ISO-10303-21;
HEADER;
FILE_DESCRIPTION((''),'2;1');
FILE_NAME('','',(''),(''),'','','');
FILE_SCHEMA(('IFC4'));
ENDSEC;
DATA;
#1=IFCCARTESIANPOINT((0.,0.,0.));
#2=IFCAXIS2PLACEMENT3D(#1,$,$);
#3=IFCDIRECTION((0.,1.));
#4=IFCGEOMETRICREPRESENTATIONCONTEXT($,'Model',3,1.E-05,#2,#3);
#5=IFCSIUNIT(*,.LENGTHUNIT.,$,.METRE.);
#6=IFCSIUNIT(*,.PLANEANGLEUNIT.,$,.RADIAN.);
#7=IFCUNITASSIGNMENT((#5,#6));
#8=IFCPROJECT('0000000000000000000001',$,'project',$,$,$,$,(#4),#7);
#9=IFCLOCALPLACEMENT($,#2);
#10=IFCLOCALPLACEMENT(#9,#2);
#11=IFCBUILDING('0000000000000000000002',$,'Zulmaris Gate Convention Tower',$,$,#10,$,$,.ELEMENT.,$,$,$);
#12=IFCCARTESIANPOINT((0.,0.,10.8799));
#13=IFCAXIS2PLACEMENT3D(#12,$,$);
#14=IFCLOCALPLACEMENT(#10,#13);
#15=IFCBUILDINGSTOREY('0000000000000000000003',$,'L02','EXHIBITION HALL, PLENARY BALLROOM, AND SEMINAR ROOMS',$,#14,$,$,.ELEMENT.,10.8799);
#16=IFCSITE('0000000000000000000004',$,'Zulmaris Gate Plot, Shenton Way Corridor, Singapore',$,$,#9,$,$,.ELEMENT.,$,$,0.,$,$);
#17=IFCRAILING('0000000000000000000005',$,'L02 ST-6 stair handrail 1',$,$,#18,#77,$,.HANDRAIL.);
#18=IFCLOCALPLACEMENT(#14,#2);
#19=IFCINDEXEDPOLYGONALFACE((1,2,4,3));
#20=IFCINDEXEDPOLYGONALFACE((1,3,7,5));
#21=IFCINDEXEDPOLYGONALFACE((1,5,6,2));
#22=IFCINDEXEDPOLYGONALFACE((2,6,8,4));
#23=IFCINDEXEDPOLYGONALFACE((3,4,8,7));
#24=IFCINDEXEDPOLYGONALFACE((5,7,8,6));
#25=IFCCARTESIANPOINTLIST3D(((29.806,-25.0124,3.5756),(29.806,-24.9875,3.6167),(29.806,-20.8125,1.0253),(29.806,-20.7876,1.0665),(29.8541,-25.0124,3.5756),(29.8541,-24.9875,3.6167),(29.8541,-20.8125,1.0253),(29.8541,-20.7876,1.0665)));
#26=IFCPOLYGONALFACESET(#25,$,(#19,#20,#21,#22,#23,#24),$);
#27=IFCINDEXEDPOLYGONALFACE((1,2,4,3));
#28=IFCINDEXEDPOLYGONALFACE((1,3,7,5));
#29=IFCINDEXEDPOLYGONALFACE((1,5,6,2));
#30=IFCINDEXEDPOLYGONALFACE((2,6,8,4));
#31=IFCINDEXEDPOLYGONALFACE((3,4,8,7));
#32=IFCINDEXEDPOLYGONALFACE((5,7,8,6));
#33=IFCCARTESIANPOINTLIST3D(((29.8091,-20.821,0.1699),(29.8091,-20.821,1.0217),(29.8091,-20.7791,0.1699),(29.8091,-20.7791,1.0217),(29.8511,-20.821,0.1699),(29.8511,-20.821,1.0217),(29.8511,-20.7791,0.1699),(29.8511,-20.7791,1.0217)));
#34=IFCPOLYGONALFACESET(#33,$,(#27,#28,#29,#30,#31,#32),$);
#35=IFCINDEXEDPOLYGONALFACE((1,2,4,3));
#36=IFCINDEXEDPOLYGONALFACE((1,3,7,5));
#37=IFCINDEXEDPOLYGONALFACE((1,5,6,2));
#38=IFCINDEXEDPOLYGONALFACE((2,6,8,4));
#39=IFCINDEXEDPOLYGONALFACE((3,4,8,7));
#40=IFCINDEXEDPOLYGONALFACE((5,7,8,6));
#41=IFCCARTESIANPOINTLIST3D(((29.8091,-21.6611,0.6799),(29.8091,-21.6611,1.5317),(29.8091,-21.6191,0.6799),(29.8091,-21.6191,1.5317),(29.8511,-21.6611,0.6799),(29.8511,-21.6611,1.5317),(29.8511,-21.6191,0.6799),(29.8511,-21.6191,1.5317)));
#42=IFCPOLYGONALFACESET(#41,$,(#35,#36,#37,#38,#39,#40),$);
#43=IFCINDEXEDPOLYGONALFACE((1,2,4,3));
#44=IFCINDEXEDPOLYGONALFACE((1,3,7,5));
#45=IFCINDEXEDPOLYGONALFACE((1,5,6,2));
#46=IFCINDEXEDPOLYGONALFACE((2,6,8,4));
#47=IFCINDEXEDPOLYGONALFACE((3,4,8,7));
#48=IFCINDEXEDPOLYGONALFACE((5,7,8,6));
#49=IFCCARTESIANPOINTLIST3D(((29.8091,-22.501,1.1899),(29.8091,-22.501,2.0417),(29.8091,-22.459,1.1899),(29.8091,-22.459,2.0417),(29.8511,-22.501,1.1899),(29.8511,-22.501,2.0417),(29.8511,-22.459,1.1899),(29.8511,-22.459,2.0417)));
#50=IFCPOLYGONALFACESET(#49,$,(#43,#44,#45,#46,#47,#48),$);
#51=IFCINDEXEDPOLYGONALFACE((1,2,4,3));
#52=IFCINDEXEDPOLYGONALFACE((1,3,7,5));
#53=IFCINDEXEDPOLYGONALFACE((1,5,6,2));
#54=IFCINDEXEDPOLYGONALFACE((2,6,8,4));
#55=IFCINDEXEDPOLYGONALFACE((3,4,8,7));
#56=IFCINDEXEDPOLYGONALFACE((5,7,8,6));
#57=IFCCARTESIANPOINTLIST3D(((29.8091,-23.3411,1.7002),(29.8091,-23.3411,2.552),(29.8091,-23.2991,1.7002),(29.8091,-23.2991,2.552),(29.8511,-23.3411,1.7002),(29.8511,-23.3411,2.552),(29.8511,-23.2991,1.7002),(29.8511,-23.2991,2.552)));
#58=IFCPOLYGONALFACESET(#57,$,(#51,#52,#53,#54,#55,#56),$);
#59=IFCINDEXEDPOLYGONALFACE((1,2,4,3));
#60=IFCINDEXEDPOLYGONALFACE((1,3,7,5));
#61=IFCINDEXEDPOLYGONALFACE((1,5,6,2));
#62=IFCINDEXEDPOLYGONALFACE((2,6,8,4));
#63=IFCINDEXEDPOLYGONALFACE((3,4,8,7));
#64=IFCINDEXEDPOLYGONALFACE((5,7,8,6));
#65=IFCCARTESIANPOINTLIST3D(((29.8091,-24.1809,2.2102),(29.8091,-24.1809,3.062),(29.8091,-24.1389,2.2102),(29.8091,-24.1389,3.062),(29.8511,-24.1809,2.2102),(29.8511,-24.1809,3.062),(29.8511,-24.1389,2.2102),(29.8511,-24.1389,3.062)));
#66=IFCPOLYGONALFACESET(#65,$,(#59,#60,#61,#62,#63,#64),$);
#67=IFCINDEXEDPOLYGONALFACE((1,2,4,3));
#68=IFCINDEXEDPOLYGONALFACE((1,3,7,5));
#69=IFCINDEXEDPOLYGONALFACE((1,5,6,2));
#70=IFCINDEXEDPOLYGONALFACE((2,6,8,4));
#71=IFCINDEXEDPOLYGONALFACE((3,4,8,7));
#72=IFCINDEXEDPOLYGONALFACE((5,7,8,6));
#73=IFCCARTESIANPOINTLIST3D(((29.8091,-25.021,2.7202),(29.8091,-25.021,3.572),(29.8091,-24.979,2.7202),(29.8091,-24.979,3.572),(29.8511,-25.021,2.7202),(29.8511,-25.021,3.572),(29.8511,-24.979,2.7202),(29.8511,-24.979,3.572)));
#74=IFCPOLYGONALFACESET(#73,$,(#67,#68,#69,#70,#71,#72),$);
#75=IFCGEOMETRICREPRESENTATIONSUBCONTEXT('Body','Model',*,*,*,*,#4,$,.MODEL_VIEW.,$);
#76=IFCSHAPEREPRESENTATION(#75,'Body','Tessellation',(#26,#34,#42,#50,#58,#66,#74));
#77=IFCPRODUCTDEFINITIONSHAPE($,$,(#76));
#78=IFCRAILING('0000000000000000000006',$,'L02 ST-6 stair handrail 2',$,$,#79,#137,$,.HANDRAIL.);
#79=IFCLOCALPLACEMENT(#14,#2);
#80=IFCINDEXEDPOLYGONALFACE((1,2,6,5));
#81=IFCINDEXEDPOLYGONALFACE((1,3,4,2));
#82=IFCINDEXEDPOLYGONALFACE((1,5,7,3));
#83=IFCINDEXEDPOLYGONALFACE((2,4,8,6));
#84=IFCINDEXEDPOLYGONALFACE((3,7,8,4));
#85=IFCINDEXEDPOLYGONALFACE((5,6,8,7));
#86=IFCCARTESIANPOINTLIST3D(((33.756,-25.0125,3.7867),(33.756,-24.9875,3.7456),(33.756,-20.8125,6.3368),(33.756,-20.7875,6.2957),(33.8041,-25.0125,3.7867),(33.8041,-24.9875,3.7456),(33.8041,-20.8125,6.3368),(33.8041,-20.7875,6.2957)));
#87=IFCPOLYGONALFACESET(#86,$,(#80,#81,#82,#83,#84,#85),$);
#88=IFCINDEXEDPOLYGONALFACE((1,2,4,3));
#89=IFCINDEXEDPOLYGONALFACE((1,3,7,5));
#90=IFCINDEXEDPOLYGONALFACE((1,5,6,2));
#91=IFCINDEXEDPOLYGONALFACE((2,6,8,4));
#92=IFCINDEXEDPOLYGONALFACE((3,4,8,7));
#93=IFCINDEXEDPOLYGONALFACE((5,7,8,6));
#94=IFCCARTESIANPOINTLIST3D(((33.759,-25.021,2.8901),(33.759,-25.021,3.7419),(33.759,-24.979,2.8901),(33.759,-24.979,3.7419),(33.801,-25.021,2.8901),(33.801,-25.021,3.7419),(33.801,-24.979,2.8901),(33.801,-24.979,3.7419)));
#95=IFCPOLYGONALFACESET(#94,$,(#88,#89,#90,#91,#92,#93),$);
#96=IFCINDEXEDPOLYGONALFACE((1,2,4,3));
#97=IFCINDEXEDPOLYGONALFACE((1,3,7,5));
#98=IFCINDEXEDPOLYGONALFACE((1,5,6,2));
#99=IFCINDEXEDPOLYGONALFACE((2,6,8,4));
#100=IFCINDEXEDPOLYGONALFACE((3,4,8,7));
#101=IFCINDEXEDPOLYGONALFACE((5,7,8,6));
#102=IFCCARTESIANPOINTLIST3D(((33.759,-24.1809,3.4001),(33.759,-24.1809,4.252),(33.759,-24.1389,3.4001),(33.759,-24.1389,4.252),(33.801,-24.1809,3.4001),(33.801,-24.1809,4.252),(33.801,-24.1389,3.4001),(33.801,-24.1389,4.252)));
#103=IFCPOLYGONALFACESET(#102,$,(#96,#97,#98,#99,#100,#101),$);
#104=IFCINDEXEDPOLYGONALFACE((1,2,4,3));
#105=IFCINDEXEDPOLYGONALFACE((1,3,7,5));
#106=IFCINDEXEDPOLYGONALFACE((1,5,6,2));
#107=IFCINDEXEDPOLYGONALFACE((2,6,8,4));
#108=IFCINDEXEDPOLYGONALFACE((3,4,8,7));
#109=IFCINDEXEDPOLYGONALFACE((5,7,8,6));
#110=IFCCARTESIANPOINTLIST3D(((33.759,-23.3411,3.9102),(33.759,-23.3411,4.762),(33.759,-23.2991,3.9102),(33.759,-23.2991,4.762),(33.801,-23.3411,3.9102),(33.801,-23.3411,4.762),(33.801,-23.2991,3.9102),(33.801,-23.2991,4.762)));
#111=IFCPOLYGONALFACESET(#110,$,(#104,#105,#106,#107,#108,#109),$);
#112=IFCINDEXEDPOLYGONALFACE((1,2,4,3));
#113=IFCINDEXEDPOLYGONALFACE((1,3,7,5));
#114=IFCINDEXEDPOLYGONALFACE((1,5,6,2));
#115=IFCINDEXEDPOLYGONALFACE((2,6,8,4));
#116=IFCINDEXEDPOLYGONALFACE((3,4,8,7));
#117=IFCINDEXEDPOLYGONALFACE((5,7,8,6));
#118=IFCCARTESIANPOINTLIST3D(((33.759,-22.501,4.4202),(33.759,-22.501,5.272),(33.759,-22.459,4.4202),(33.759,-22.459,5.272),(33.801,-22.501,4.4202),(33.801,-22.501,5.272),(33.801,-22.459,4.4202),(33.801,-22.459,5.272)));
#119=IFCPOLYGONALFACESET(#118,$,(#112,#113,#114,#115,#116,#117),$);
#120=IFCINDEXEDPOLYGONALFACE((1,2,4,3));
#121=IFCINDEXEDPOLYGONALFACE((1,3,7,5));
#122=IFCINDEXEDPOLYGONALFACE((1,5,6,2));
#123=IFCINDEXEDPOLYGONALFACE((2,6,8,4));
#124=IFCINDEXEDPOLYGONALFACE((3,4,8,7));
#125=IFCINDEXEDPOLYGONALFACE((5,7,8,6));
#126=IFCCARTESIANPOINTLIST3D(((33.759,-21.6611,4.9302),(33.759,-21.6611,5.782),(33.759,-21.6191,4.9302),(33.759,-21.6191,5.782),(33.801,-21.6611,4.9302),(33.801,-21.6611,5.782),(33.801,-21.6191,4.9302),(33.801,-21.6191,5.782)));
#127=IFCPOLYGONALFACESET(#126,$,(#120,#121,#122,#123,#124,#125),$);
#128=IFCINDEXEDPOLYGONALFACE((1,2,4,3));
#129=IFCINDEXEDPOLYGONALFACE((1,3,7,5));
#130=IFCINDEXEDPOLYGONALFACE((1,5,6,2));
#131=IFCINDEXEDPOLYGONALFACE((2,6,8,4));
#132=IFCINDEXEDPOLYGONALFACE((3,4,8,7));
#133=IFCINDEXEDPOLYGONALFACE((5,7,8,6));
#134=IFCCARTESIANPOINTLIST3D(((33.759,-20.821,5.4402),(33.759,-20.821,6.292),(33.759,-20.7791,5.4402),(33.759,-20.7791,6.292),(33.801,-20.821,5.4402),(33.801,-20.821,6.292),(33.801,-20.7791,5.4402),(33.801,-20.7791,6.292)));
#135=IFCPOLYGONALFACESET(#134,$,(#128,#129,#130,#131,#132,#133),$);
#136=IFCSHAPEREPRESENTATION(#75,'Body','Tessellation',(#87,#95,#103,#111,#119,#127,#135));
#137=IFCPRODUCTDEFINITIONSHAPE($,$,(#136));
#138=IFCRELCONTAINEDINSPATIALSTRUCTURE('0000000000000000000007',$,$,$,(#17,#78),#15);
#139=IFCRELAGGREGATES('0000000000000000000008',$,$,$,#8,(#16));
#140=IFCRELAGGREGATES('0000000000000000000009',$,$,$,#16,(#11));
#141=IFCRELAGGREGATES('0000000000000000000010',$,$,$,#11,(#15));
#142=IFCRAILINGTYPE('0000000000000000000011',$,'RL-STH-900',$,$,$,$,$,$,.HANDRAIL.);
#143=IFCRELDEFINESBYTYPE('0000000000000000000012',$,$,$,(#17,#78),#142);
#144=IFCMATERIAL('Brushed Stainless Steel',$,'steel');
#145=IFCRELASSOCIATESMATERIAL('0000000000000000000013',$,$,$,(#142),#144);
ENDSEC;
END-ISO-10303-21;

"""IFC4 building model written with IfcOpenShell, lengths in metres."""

from ifc_helpers import new_model, si_unit, direction, frame, origin, origin_2d, place, context, subcontext, project, spatial, rectangle, extrude, material, type_object, element, save


model = new_model("IFC4")

# Units and contexts
model_context = context("Model", 3, precision=1e-05, world=origin(), true_north=direction((0.0, 1.0)))
body_context = subcontext(model_context, "Body", "Model", "MODEL_VIEW")
ifc_project = project(units=[si_unit("LENGTHUNIT", "METRE"), si_unit("PLANEANGLEUNIT", "RADIAN")], contexts=[model_context])

# Site, building, storey
site_placement = place(None, origin())
site = spatial("IfcSite", under=ifc_project, at=site_placement, Name="Zulmaris Gate Plot, Shenton Way Corridor, Singapore", CompositionType="ELEMENT", RefElevation=0.0)
building_placement = place(site_placement, origin())
building = spatial("IfcBuilding", under=site, at=building_placement, Name="Zulmaris Gate Convention Tower", CompositionType="ELEMENT")
storey_placement = place(building_placement, frame((0.0, 0.0, 10.8799)))
storey = spatial("IfcBuildingStorey", under=building, at=storey_placement, Name="L02", Description="EXHIBITION HALL, PLENARY BALLROOM, AND SEMINAR ROOMS", CompositionType="ELEMENT", Elevation=10.8799)

# Railings
ifc_material_1 = material(Name="Brushed Stainless Steel", Category="steel")
railing_type_1 = type_object("IfcRailingType", Name="RL-STH-900", PredefinedType="HANDRAIL", material=ifc_material_1)
railing_1_placement = place(storey_placement, frame((29.8301, -20.8, 0.1699)))
element("IfcRailing", 1, at=railing_1_placement, inside=storey, type_object=railing_type_1, Name="L02 ST-6 stair handrail 1", PredefinedType="HANDRAIL", context=body_context, shape_type="SweptSolid", body=[
    extrude(rectangle(XDim=0.0481, YDim=0.0481, at=origin_2d()), frame((0.0, 0.0, 0.876), z_axis=(0.0, -0.854758, 0.519026), x_axis=(1.0, 0.0, 0.0)), (0.0, 0.0, 1.0), 4.9136),
    extrude(rectangle(XDim=0.042, YDim=0.042, at=origin_2d()), origin(), (0.0, 0.0, 1.0), 0.8518),
    extrude(rectangle(XDim=0.042, YDim=0.042, at=origin_2d()), frame((0.0, -0.8401, 0.51)), (0.0, 0.0, 1.0), 0.8518),
    extrude(rectangle(XDim=0.042, YDim=0.042, at=origin_2d()), frame((0.0, -1.6799, 1.02)), (0.0, 0.0, 1.0), 0.8518),
    extrude(rectangle(XDim=0.042, YDim=0.042, at=origin_2d()), frame((0.0, -2.52, 1.5303)), (0.0, 0.0, 1.0), 0.8518),
    extrude(rectangle(XDim=0.042, YDim=0.042, at=origin_2d()), frame((0.0, -3.3599, 2.0403)), (0.0, 0.0, 1.0), 0.8518),
    extrude(rectangle(XDim=0.042, YDim=0.042, at=origin_2d()), frame((0.0, -4.2, 2.5503)), (0.0, 0.0, 1.0), 0.8518),
])
railing_2_placement = place(storey_placement, frame((33.78, -25.0, 2.8901)))
element("IfcRailing", 2, at=railing_2_placement, inside=storey, type_object=railing_type_1, Name="L02 ST-6 stair handrail 2", PredefinedType="HANDRAIL", context=body_context, shape_type="SweptSolid", body=[
    extrude(rectangle(XDim=0.0481, YDim=0.0481, at=origin_2d()), frame((0.0, 0.0, 0.876), z_axis=(0.0, 0.85478, 0.51899), x_axis=(-1.0, 0.0, 0.0)), (0.0, 0.0, 1.0), 4.9136),
    extrude(rectangle(XDim=0.042, YDim=0.042, at=origin_2d()), origin(), (0.0, 0.0, 1.0), 0.8518),
    extrude(rectangle(XDim=0.042, YDim=0.042, at=origin_2d()), frame((0.0, 0.8401, 0.51)), (0.0, 0.0, 1.0), 0.8518),
    extrude(rectangle(XDim=0.042, YDim=0.042, at=origin_2d()), frame((0.0, 1.6799, 1.02)), (0.0, 0.0, 1.0), 0.8518),
    extrude(rectangle(XDim=0.042, YDim=0.042, at=origin_2d()), frame((0.0, 2.52, 1.53)), (0.0, 0.0, 1.0), 0.8518),
    extrude(rectangle(XDim=0.042, YDim=0.042, at=origin_2d()), frame((0.0, 3.3599, 2.04)), (0.0, 0.0, 1.0), 0.8518),
    extrude(rectangle(XDim=0.042, YDim=0.042, at=origin_2d()), frame((0.0, 4.2, 2.55)), (0.0, 0.0, 1.0), 0.8518),
])

save(model, "model.ifc")
